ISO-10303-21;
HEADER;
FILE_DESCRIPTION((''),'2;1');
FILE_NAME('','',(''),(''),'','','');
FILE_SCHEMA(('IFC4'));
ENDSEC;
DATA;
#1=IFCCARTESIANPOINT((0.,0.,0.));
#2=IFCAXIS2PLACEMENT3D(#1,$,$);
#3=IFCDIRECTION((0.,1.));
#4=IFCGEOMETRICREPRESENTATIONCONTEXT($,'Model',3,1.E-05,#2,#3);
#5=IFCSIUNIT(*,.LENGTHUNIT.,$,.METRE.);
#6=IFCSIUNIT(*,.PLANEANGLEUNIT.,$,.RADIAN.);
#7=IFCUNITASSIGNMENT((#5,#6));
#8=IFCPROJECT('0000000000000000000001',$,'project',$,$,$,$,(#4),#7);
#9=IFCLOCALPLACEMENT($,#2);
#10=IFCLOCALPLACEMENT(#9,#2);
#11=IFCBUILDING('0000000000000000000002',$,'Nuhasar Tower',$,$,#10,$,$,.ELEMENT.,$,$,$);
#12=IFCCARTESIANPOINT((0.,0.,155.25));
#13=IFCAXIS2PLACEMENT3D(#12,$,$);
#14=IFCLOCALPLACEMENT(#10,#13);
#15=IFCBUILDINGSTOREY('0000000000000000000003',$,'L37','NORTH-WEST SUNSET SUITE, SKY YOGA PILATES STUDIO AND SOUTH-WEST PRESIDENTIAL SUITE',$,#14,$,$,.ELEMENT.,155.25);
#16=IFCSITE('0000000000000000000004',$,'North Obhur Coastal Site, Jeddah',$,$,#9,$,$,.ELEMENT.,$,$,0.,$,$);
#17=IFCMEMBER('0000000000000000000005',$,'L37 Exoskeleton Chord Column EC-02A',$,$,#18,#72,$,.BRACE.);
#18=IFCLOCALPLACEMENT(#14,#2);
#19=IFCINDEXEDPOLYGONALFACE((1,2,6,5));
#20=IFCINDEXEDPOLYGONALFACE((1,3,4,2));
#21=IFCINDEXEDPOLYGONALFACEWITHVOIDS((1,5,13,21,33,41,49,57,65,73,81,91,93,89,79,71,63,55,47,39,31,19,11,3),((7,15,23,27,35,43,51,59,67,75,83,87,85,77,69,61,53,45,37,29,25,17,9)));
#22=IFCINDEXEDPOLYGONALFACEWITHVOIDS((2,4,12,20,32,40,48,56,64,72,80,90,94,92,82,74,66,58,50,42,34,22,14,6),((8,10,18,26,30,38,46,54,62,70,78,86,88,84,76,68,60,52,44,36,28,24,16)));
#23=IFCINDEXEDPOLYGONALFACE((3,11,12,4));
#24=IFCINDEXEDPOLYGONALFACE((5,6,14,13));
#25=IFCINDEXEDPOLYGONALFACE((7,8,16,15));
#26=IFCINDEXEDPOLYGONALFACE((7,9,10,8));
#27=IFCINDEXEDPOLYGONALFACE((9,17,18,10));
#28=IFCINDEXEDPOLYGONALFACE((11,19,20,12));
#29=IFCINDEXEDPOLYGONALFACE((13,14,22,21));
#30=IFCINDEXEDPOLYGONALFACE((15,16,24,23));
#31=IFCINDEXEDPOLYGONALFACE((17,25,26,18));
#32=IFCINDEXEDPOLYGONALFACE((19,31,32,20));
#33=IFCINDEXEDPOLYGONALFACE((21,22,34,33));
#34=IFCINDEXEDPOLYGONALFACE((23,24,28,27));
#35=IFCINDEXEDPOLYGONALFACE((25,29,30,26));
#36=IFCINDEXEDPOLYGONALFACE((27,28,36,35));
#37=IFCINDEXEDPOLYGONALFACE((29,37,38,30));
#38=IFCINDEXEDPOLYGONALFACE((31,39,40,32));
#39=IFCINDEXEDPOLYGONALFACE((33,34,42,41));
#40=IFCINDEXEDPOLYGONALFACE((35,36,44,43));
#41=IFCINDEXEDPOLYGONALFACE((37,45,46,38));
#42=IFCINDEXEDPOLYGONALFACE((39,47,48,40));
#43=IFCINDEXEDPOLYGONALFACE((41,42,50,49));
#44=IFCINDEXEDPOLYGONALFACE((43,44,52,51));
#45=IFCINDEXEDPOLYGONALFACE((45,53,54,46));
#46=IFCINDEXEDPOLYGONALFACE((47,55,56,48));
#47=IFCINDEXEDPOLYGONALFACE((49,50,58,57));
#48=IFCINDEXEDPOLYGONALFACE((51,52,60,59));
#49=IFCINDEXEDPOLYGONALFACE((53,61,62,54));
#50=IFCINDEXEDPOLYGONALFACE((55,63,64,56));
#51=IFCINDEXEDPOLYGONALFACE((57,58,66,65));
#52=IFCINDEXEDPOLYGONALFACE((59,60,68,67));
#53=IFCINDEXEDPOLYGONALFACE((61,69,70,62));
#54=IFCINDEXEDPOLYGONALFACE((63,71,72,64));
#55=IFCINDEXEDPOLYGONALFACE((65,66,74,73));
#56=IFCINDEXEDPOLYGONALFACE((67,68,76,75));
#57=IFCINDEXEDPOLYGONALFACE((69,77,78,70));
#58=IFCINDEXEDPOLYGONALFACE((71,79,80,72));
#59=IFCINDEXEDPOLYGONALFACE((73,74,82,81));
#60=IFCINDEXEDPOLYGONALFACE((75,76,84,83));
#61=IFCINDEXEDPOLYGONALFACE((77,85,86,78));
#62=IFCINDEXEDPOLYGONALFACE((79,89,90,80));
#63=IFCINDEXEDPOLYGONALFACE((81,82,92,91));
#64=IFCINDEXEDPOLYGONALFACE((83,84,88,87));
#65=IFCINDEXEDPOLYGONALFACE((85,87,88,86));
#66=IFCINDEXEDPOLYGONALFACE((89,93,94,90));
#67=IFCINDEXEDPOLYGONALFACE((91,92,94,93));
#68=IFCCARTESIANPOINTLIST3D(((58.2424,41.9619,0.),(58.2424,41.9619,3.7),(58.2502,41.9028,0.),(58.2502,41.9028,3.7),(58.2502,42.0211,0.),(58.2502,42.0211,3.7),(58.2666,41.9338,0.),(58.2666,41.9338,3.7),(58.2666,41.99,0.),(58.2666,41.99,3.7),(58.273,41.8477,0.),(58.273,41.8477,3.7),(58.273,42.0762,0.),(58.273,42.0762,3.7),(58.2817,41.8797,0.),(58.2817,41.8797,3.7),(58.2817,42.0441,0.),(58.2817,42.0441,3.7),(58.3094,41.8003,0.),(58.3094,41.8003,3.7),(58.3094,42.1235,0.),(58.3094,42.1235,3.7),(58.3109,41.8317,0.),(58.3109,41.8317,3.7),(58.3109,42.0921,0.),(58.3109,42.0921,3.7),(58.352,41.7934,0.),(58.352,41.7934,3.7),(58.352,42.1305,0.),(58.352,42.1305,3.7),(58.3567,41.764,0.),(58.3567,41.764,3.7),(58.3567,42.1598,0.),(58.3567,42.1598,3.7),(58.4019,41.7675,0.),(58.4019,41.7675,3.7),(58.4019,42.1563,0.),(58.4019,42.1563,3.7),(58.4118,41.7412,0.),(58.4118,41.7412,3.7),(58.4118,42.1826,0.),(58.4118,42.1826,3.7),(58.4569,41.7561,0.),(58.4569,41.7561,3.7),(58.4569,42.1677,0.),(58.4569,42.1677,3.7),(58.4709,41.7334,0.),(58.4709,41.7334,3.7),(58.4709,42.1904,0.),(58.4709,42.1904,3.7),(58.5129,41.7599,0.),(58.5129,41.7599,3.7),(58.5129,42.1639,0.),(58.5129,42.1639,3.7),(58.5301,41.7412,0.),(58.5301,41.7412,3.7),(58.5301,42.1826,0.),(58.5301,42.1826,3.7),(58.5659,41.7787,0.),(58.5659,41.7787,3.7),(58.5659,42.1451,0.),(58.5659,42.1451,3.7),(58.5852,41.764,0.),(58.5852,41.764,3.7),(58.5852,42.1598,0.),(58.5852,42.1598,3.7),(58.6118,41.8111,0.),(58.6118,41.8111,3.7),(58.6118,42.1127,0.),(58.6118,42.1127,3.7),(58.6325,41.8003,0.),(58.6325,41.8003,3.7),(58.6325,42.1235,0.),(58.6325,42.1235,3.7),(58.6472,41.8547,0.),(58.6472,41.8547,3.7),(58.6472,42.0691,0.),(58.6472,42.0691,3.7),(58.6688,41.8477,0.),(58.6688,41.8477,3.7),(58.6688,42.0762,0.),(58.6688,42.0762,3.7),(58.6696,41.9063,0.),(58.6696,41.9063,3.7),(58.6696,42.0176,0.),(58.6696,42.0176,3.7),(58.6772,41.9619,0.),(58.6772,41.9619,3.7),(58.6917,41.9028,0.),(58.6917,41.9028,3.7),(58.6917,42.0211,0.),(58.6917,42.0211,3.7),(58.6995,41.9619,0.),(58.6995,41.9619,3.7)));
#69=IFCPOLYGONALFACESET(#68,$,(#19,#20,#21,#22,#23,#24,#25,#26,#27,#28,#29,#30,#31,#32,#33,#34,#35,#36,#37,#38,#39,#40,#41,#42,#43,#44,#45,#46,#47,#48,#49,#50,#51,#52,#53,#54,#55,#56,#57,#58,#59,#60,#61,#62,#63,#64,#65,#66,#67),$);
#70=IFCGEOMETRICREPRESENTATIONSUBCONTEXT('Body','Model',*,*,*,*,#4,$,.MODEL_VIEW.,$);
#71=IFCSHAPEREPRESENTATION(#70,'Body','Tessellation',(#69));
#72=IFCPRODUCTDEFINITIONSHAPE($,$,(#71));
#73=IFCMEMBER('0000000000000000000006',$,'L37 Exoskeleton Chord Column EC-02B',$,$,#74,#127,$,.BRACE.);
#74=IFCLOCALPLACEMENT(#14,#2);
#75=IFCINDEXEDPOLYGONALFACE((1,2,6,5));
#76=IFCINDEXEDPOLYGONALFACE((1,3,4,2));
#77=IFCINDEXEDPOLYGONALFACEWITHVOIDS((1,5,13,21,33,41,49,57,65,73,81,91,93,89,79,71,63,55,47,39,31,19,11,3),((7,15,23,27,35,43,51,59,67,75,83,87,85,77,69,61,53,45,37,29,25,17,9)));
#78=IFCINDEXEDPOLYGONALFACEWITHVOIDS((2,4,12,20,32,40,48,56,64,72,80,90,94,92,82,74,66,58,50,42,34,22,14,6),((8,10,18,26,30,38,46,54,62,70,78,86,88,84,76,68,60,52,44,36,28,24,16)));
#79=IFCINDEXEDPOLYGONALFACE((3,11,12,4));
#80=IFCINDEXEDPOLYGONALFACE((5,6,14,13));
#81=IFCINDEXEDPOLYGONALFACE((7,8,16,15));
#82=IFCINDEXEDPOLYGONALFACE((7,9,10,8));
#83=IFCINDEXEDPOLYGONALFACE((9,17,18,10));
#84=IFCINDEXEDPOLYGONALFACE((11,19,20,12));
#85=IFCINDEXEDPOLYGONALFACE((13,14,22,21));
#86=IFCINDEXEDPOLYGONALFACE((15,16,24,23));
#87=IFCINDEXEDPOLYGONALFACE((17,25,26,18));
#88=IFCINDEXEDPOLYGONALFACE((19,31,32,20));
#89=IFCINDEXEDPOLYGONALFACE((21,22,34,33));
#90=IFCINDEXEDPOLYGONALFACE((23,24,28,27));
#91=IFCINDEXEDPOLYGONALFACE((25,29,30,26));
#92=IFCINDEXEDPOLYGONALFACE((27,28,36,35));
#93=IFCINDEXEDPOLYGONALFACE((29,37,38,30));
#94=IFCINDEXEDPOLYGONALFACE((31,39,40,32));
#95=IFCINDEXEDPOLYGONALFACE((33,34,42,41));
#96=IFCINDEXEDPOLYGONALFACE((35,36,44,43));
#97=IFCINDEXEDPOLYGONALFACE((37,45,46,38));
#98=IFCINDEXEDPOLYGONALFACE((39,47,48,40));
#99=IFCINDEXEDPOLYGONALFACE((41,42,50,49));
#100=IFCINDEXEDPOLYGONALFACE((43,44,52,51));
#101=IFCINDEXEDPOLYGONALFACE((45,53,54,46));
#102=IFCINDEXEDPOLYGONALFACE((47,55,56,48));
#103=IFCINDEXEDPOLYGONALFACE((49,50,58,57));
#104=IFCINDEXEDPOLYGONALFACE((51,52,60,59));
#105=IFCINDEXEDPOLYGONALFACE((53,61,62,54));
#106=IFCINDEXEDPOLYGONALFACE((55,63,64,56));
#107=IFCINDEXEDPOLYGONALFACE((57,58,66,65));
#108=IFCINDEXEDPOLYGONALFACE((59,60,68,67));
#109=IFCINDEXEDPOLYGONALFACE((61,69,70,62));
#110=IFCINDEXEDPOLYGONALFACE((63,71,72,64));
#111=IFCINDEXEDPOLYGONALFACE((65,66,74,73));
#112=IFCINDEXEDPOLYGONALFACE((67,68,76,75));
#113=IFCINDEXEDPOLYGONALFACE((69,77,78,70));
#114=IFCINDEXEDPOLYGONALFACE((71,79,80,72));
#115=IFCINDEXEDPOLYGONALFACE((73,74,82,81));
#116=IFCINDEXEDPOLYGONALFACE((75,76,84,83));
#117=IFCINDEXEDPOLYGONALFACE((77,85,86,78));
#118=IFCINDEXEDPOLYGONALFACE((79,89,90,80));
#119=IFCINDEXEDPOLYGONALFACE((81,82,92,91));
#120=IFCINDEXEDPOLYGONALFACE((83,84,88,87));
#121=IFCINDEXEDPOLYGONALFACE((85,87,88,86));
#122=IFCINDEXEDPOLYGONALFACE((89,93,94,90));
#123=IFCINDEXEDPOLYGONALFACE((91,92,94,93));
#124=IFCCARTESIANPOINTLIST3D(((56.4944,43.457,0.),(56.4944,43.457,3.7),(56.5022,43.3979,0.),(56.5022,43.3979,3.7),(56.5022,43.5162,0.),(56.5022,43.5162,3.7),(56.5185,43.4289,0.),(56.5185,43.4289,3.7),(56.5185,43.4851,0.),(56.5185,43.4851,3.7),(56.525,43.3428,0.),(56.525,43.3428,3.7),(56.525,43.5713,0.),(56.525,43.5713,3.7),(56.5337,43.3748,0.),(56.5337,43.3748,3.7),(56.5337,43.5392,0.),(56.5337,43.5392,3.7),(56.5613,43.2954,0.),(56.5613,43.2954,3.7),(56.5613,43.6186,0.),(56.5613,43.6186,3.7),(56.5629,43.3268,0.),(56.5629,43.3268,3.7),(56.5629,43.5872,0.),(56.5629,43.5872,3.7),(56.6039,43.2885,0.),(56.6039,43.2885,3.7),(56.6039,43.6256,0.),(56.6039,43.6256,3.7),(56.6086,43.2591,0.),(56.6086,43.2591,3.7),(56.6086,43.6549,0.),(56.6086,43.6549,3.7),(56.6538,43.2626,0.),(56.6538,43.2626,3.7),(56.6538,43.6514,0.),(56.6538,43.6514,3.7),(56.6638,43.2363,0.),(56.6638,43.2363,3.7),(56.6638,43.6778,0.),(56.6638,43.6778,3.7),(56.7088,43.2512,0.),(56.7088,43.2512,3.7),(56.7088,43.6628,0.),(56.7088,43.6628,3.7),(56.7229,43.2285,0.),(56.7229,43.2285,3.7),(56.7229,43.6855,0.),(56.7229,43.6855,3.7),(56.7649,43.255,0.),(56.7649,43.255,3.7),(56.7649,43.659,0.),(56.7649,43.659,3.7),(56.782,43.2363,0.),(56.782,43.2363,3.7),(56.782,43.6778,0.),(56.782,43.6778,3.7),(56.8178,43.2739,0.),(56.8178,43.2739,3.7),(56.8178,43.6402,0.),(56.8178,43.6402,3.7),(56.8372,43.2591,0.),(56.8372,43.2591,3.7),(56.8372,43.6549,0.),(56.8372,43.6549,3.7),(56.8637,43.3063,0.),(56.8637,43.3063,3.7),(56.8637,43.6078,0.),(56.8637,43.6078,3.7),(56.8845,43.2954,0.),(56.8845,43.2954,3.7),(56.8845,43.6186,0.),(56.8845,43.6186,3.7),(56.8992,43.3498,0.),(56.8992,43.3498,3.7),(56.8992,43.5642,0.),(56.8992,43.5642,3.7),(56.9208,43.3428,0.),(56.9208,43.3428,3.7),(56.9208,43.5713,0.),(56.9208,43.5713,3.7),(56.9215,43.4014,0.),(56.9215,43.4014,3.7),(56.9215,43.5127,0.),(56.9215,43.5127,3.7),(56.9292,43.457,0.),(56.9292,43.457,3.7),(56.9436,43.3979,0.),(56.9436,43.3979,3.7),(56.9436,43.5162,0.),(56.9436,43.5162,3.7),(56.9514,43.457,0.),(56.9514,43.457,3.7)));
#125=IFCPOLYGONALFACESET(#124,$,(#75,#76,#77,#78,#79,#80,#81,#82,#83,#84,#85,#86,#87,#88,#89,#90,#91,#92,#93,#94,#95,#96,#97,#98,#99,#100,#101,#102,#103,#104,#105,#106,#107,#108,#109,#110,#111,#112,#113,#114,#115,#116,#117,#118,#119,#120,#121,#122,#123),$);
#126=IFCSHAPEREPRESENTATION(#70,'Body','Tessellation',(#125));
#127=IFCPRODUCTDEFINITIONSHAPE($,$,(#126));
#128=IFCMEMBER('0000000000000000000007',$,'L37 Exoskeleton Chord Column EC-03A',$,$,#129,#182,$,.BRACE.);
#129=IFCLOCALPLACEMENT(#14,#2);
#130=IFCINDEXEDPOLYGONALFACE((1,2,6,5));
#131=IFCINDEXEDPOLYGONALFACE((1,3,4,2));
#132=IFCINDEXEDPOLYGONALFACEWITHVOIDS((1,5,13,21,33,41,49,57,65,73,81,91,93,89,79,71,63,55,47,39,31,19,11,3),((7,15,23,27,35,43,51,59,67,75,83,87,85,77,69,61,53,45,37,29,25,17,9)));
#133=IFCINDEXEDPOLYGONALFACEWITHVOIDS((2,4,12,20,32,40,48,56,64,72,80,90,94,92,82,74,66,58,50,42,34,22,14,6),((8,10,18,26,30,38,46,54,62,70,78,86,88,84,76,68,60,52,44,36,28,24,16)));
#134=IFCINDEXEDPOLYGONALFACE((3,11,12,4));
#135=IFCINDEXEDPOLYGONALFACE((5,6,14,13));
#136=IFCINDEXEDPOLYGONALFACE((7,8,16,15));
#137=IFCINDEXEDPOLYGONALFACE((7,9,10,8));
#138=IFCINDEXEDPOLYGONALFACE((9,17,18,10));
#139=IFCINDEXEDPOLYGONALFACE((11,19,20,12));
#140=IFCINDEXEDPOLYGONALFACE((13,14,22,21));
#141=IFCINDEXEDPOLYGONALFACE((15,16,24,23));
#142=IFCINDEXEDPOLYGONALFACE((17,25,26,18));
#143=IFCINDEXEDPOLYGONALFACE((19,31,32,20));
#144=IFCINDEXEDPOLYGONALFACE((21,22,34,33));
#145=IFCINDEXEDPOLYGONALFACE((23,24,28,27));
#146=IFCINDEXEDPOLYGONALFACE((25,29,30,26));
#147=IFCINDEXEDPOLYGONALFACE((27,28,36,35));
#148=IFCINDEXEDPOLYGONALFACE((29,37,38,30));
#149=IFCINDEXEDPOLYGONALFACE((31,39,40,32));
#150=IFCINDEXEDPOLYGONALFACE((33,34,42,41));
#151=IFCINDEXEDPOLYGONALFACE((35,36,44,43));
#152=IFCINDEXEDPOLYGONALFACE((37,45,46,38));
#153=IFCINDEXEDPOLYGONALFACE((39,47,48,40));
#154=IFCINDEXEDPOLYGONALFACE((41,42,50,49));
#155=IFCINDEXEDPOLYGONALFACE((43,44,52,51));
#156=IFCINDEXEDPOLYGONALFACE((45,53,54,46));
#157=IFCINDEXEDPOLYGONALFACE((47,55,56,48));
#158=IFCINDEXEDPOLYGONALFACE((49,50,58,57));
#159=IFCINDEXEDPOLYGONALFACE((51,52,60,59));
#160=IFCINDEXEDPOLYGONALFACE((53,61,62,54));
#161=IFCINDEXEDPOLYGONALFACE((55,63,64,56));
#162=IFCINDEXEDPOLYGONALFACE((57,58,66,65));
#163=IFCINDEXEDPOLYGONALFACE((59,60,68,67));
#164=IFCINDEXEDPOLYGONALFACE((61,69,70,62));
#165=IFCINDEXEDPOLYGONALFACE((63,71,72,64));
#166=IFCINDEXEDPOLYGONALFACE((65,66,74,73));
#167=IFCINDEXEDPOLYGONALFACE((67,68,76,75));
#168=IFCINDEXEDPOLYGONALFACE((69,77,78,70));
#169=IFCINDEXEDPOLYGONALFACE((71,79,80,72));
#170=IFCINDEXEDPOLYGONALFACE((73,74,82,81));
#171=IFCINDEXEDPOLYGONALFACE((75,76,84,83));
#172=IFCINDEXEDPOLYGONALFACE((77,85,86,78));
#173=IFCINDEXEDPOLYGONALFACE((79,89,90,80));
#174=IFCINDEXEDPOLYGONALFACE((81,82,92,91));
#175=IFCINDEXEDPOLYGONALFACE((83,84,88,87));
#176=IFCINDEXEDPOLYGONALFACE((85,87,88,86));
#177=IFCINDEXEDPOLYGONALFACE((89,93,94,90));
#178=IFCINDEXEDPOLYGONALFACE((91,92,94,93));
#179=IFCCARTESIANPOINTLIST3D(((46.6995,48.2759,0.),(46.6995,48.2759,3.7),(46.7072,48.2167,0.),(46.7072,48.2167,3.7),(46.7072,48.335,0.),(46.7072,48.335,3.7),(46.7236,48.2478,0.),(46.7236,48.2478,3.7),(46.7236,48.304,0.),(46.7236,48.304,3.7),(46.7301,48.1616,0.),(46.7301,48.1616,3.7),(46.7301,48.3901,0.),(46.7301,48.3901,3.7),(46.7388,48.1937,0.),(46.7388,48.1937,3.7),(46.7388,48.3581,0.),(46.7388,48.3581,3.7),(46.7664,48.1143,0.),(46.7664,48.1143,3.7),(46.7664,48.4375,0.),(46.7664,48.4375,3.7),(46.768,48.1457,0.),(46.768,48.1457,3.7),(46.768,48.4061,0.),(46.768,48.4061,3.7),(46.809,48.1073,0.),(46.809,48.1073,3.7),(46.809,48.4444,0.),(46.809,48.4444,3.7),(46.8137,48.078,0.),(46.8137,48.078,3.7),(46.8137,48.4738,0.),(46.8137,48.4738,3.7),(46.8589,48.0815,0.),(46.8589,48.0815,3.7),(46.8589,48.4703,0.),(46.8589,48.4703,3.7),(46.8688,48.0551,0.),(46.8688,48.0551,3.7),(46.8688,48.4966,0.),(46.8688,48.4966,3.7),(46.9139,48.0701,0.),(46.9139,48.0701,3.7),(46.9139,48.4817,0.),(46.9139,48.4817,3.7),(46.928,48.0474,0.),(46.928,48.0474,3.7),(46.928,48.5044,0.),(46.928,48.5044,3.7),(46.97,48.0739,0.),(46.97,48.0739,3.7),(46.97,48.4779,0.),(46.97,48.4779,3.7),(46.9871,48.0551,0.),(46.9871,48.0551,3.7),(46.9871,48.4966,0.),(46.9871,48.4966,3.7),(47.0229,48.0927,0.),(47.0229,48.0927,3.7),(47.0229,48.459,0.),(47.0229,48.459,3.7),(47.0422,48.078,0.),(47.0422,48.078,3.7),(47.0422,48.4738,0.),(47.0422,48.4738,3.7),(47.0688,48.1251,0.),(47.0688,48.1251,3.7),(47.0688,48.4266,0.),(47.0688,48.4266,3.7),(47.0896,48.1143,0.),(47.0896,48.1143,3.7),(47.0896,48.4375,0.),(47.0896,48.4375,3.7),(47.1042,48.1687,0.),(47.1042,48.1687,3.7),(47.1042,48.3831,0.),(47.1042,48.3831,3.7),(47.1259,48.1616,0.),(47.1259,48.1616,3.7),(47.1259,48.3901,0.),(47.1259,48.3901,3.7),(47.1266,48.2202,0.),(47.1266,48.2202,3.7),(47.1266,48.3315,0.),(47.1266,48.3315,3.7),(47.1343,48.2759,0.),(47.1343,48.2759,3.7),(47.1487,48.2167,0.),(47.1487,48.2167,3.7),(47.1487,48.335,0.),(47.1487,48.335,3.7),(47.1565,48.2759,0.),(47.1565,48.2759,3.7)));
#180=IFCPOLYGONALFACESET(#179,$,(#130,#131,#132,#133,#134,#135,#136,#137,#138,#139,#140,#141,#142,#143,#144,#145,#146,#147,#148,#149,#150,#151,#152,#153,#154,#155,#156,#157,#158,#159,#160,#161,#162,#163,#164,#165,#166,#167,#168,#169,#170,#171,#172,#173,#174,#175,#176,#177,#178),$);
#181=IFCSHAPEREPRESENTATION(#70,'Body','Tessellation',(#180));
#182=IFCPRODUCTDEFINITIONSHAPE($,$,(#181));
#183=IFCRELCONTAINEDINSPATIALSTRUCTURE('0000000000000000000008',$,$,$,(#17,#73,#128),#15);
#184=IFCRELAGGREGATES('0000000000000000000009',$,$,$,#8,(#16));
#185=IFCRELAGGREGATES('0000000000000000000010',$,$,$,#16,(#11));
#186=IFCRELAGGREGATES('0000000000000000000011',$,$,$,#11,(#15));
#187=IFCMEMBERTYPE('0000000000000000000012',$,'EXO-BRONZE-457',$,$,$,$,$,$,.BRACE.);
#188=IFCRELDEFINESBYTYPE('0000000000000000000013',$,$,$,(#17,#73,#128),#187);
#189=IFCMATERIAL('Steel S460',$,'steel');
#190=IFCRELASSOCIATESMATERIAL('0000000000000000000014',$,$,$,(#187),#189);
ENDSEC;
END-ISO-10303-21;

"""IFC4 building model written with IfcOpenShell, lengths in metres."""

from ifc_helpers import new_model, si_unit, direction, frame, origin, origin_2d, place, context, subcontext, project, spatial, hollow_circle, extrude, material, material_profile, profile_set, type_object, element, save


model = new_model("IFC4")

# Units and contexts
model_context = context("Model", 3, precision=1e-05, world=origin(), true_north=direction((0.0, 1.0)))
body_context = subcontext(model_context, "Body", "Model", "MODEL_VIEW")
ifc_project = project(units=[si_unit("LENGTHUNIT", "METRE"), si_unit("PLANEANGLEUNIT", "RADIAN")], contexts=[model_context])

# Site, building, storey
site_placement = place(None, origin())
site = spatial("IfcSite", under=ifc_project, at=site_placement, Name="North Obhur Coastal Site, Jeddah", CompositionType="ELEMENT", RefElevation=0.0)
building_placement = place(site_placement, origin())
building = spatial("IfcBuilding", under=site, at=building_placement, Name="Nuhasar Tower", CompositionType="ELEMENT")
storey_placement = place(building_placement, frame((0.0, 0.0, 155.25)))
storey = spatial("IfcBuildingStorey", under=building, at=storey_placement, Name="L37", Description="NORTH-WEST SUNSET SUITE, SKY YOGA PILATES STUDIO AND SOUTH-WEST PRESIDENTIAL SUITE", CompositionType="ELEMENT", Elevation=155.25)

# Members
ifc_material_1 = material(Name="Steel S460", Category="steel")
ifc_material_profile_1 = material_profile(ifc_material_1, hollow_circle(Radius=0.2285, WallThickness=0.0222, at=origin_2d()), Name="HSS457X22.2")
ifc_profile_set_1 = profile_set([ifc_material_profile_1], Name="Steel S460")
member_type_1 = type_object("IfcMemberType", Name="EXO-BRONZE-457", PredefinedType="BRACE", material=ifc_profile_set_1)
for number, where, z_axis, x_axis, name in (
    (1, (58.4709, 41.9619, 0.0), (0.0, 0.0, 1.0), (1.0, 0.0, 0.0), "L37 Exoskeleton Chord Column EC-02A"),
    (2, (56.7229, 43.457, 0.0), (0.0, 0.0, 1.0), (1.0, 0.0, 0.0), "L37 Exoskeleton Chord Column EC-02B"),
    (3, (46.928, 48.2759, 0.0), (0.0, 0.0, 1.0), (1.0, 0.0, 0.0), "L37 Exoskeleton Chord Column EC-03A"),
):
    element("IfcMember", number, at=place(storey_placement, frame(where, z_axis=z_axis, x_axis=x_axis)), inside=storey, type_object=member_type_1, Name=name, PredefinedType="BRACE", context=body_context, shape_type="SweptSolid", body=[
        extrude(hollow_circle(Radius=0.2285, WallThickness=0.0222, at=origin_2d()), origin(), (0.0, 0.0, 1.0), 3.7),
    ])

save(model, "model.ifc")
